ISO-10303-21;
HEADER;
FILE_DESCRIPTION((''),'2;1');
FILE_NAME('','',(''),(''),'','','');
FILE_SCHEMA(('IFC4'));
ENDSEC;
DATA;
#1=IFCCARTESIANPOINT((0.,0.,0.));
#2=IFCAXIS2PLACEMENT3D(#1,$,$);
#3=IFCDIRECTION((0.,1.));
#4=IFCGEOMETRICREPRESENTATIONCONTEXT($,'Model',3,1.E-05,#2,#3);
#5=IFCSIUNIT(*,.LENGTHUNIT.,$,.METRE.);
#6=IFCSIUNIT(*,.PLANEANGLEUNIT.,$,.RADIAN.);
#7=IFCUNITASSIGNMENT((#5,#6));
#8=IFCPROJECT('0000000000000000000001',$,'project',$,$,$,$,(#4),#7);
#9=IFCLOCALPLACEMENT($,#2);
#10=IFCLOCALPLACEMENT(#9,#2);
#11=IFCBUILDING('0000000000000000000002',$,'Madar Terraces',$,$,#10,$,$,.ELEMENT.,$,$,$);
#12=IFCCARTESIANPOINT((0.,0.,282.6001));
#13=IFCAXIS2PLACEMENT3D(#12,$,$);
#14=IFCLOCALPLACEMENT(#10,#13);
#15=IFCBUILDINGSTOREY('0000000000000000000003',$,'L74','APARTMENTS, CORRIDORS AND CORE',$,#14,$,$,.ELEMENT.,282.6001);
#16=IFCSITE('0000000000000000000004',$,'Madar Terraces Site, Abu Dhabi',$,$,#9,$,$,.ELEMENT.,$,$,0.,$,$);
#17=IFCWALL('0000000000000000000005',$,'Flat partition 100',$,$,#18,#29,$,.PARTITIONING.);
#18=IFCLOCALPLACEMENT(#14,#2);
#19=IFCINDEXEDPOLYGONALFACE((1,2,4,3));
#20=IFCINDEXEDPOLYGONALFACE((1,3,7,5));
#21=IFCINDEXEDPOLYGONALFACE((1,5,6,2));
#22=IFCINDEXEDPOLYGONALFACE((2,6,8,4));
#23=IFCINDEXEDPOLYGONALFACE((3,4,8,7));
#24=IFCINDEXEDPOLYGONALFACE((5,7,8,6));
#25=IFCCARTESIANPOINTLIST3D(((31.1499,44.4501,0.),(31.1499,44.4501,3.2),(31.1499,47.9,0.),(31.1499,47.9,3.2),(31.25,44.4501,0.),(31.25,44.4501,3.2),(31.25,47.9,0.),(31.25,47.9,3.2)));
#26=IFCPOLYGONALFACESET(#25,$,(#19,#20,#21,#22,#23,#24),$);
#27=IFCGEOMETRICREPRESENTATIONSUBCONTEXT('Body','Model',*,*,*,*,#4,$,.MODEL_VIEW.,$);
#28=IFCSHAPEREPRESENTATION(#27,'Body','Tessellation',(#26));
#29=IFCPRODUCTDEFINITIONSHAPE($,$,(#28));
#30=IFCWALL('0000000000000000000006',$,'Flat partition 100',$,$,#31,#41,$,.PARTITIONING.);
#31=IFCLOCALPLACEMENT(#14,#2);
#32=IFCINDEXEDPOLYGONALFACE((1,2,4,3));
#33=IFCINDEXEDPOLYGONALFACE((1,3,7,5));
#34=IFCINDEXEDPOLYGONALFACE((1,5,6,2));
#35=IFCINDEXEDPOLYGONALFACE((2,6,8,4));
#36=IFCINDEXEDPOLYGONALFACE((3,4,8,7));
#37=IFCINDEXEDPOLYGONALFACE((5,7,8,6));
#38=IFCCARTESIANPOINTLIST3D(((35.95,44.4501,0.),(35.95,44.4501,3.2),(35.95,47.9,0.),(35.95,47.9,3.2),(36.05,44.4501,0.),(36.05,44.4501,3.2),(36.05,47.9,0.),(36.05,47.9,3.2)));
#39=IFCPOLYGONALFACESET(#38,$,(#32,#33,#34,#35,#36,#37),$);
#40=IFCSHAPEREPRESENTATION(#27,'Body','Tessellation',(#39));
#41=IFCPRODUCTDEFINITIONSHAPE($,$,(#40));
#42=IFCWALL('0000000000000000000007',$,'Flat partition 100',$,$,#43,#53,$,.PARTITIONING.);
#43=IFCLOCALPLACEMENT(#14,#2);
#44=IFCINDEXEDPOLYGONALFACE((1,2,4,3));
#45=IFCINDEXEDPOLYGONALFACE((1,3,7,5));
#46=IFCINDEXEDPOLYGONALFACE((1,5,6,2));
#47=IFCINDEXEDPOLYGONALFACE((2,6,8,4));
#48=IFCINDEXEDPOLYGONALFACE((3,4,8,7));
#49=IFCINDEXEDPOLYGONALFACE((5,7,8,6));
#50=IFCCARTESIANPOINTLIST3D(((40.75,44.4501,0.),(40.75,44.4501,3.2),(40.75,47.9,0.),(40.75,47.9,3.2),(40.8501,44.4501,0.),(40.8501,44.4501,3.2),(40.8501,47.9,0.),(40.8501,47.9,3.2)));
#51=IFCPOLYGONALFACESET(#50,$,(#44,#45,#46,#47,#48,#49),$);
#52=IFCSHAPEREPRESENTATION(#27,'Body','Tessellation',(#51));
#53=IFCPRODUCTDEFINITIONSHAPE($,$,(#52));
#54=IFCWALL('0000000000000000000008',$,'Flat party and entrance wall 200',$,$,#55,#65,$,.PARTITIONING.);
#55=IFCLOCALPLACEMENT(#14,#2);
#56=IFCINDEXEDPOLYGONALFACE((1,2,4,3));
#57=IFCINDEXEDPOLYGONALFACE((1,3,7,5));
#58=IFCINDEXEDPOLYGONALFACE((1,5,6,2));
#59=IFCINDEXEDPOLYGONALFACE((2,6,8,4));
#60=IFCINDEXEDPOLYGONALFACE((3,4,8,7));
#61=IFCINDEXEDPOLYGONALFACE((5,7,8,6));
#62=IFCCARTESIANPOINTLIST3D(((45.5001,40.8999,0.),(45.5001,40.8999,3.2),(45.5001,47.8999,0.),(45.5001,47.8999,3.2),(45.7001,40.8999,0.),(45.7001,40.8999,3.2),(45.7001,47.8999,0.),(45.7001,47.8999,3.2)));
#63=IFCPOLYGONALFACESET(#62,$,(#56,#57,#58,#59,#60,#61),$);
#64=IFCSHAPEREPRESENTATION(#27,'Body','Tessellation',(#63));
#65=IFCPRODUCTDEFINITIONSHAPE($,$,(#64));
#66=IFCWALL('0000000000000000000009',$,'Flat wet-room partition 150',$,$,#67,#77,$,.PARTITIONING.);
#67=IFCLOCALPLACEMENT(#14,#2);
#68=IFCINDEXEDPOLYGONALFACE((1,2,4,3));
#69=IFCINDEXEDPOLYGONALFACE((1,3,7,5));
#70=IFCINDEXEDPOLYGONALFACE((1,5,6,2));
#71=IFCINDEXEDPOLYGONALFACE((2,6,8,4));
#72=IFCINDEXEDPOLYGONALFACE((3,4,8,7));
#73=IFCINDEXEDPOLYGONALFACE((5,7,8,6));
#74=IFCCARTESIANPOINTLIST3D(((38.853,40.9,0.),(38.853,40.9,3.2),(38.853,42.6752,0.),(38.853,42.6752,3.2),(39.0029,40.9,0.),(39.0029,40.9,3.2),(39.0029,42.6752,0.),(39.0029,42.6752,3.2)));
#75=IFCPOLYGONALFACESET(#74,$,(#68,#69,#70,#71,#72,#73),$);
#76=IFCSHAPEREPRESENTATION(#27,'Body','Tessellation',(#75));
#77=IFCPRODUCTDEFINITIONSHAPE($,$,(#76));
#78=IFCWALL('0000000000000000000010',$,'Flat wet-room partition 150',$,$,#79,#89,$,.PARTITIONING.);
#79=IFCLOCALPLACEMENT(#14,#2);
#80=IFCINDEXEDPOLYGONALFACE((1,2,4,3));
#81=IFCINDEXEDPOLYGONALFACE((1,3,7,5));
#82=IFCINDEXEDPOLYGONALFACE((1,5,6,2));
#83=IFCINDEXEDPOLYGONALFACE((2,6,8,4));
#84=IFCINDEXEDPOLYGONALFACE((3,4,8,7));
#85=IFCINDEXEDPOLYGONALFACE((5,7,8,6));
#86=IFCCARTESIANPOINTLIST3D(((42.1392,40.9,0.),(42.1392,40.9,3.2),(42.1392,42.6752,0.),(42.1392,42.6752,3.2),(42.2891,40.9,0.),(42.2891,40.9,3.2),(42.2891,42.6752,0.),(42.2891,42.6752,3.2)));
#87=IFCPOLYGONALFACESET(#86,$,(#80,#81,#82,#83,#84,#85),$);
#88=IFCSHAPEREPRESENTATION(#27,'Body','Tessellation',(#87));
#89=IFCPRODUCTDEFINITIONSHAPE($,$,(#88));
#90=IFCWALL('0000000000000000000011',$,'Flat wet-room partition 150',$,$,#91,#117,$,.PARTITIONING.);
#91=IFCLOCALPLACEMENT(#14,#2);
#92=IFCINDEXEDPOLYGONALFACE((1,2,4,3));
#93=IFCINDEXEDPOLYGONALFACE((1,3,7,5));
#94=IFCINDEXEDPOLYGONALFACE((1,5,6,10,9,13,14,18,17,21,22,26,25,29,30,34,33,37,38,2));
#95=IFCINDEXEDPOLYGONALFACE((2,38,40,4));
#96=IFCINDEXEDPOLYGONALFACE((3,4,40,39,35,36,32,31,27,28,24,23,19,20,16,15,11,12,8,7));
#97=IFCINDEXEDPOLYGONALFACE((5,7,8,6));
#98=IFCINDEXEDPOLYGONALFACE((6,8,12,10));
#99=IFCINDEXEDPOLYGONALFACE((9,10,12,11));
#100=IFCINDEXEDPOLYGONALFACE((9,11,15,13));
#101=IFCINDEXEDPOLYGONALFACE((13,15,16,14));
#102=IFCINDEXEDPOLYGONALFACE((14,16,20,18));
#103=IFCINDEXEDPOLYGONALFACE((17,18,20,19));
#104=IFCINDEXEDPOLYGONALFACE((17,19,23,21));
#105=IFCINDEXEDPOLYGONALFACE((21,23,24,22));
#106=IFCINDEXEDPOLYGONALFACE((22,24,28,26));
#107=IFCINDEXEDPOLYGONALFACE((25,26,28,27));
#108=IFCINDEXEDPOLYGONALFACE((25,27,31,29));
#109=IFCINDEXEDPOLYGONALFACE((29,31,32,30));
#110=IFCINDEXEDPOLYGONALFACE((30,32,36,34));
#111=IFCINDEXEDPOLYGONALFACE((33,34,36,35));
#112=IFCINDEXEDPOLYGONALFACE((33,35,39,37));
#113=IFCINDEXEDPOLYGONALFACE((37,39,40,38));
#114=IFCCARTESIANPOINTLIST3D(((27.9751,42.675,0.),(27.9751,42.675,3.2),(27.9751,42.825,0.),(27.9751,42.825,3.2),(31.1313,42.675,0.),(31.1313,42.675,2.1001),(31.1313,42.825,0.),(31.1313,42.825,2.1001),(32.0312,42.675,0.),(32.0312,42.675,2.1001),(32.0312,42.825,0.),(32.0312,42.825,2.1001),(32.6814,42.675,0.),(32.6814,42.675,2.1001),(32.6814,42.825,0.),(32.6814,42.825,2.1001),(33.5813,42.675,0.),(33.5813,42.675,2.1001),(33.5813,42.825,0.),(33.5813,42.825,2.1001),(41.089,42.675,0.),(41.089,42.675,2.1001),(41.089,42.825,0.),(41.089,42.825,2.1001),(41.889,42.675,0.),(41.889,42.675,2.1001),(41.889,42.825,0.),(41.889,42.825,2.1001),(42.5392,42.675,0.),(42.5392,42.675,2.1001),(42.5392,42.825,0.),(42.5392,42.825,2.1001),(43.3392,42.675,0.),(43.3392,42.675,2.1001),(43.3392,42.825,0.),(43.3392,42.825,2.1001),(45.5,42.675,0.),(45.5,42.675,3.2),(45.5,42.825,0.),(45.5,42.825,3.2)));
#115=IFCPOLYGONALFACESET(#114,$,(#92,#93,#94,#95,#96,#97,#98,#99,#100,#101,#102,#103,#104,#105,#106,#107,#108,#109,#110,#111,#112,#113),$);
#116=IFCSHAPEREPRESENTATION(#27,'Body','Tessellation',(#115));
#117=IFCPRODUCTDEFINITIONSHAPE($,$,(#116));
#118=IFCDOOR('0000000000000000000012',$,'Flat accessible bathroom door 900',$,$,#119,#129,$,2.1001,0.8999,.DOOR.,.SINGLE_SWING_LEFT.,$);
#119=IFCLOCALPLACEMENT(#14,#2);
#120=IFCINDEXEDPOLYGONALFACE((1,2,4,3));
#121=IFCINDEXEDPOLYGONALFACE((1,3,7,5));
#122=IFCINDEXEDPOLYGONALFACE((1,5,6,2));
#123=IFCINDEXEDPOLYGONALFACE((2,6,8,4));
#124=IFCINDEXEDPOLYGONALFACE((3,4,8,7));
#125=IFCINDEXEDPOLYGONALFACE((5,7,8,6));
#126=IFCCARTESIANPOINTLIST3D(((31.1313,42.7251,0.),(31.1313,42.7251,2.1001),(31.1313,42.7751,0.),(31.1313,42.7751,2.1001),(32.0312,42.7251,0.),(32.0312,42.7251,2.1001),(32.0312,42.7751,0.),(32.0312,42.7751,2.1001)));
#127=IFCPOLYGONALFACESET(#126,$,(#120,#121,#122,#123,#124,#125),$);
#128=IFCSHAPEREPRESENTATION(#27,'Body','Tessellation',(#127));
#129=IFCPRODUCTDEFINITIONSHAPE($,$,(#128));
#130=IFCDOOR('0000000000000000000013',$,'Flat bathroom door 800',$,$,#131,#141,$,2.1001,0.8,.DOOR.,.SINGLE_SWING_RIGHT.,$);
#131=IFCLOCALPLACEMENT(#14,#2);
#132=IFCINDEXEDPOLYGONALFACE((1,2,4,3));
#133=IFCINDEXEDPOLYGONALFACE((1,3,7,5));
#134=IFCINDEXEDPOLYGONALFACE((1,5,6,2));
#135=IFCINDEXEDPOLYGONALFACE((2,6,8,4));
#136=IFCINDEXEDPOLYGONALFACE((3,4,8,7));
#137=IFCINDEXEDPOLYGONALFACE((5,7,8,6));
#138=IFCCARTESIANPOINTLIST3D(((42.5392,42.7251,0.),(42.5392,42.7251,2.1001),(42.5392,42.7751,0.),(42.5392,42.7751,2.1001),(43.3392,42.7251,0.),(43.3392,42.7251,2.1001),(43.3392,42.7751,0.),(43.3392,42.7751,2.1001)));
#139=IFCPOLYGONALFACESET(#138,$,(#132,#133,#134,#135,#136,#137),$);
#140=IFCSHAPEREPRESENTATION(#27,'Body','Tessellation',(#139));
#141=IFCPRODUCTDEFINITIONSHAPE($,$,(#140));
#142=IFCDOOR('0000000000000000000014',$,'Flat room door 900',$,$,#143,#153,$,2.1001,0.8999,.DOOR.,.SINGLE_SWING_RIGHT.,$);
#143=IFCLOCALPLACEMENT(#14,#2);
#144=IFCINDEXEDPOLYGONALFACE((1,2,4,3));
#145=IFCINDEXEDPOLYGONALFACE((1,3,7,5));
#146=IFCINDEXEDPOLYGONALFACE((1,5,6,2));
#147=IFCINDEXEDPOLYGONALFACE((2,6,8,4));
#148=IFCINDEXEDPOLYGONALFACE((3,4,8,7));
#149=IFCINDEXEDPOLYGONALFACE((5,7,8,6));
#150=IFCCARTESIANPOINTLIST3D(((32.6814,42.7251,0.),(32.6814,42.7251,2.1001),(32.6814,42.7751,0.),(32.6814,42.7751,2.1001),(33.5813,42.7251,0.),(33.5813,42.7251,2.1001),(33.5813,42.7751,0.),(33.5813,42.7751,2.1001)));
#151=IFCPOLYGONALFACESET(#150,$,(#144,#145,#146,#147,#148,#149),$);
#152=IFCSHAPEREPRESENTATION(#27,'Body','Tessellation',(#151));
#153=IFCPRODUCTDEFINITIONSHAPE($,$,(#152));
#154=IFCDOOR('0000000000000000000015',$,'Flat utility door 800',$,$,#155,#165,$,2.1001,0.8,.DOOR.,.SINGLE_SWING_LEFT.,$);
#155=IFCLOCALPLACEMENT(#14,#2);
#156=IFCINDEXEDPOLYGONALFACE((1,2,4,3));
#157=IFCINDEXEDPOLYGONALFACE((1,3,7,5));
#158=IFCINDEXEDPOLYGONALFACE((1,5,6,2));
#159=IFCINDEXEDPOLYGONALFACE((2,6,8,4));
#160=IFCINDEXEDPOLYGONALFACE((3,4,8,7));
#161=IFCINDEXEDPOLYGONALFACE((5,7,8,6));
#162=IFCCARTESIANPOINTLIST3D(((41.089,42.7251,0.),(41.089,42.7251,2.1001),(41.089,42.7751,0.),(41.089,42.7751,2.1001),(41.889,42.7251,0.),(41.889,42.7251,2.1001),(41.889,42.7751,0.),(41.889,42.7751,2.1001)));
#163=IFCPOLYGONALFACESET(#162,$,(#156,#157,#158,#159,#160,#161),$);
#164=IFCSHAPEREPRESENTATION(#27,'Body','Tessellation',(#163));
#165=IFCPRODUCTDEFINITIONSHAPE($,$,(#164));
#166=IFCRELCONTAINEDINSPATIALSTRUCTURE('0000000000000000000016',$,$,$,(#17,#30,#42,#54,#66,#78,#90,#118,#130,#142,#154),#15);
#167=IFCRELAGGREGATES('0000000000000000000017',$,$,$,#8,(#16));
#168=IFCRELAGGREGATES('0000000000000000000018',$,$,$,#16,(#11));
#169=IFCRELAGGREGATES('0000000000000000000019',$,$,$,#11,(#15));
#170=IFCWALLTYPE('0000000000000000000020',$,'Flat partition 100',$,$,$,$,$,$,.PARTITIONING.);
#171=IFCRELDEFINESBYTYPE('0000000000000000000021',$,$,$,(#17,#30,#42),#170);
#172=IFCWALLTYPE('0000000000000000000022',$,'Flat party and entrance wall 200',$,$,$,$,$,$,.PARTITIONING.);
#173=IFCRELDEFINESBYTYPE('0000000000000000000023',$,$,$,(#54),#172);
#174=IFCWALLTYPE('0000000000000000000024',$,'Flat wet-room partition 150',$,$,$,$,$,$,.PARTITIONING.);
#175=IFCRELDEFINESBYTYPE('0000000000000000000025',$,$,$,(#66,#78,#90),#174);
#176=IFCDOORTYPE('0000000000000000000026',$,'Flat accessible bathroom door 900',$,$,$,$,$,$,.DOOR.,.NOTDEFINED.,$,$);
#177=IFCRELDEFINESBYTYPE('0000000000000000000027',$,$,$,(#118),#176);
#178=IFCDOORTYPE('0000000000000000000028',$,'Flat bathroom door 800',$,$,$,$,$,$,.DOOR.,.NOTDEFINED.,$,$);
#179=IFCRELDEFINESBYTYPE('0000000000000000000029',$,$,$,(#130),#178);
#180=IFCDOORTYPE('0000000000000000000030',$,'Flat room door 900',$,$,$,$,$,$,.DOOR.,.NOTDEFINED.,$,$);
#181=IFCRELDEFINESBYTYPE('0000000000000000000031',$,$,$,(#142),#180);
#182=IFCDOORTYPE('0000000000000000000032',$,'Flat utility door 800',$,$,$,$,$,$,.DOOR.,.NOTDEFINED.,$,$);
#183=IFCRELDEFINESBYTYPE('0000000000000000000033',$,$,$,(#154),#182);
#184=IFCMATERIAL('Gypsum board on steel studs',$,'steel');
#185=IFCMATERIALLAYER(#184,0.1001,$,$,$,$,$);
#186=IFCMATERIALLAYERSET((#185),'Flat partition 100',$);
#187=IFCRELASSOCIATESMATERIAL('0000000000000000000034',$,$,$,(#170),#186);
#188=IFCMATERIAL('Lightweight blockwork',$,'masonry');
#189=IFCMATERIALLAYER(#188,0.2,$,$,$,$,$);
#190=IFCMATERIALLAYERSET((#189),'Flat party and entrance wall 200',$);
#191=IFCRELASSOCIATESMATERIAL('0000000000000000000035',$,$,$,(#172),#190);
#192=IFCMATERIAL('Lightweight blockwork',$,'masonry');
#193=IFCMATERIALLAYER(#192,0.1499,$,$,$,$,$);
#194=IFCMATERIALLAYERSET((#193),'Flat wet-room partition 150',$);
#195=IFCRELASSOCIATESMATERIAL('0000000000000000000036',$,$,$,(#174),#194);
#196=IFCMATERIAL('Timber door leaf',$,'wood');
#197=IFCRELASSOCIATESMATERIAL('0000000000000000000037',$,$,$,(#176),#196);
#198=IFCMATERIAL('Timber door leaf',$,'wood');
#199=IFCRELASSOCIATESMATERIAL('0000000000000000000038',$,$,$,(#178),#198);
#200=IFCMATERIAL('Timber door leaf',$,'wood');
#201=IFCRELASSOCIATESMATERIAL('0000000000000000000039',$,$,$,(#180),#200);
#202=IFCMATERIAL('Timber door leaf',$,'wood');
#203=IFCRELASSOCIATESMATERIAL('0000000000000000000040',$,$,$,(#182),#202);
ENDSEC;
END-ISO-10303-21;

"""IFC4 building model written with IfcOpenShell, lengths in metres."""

from ifc_helpers import new_model, si_unit, direction, frame, frame_2d, origin, place, context, subcontext, project, spatial, rectangle, extrude, material, layer, layer_set, type_object, element, fill, save


model = new_model("IFC4")

# Units and contexts
model_context = context("Model", 3, precision=1e-05, world=origin(), true_north=direction((0.0, 1.0)))
body_context = subcontext(model_context, "Body", "Model", "MODEL_VIEW")
ifc_project = project(units=[si_unit("LENGTHUNIT", "METRE"), si_unit("PLANEANGLEUNIT", "RADIAN")], contexts=[model_context])

# Site, building, storey
site_placement = place(None, origin())
site = spatial("IfcSite", under=ifc_project, at=site_placement, Name="Madar Terraces Site, Abu Dhabi", CompositionType="ELEMENT", RefElevation=0.0)
building_placement = place(site_placement, origin())
building = spatial("IfcBuilding", under=site, at=building_placement, Name="Madar Terraces", CompositionType="ELEMENT")
storey_placement = place(building_placement, frame((0.0, 0.0, 282.6001)))
storey = spatial("IfcBuildingStorey", under=building, at=storey_placement, Name="L74", Description="APARTMENTS, CORRIDORS AND CORE", CompositionType="ELEMENT", Elevation=282.6001)

# Walls
ifc_material_1 = material(Name="Gypsum board on steel studs", Category="steel")
ifc_layer_1 = layer(ifc_material_1, 0.1001)
ifc_layer_set_1 = layer_set([ifc_layer_1], Name="Flat partition 100")
wall_type_1 = type_object("IfcWallType", Name="Flat partition 100", PredefinedType="PARTITIONING", material=ifc_layer_set_1)
for number, where, z_axis, x_axis, name in (
    (1, (31.2, 44.45, 0.0), (0.0, 0.0, 1.0), (0.0, 1.0, 0.0), "Flat partition 100"),
    (2, (36.0, 44.45, 0.0), (0.0, 0.0, 1.0), (0.0, 1.0, 0.0), "Flat partition 100"),
    (3, (40.8, 44.45, 0.0), (0.0, 0.0, 1.0), (0.0, 1.0, 0.0), "Flat partition 100"),
):
    element("IfcWall", number, at=place(storey_placement, frame(where, z_axis=z_axis, x_axis=x_axis)), inside=storey, type_object=wall_type_1, Name=name, PredefinedType="PARTITIONING", context=body_context, shape_type="SweptSolid", body=[
        extrude(rectangle(XDim=3.45, YDim=0.1001, at=frame_2d((1.7251, 0.0))), origin(), (0.0, 0.0, 1.0), 3.2),
    ])
ifc_material_2 = material(Name="Lightweight blockwork", Category="masonry")
ifc_layer_2 = layer(ifc_material_2, 0.2)
ifc_layer_set_2 = layer_set([ifc_layer_2], Name="Flat party and entrance wall 200")
wall_type_2 = type_object("IfcWallType", Name="Flat party and entrance wall 200", PredefinedType="PARTITIONING", material=ifc_layer_set_2)
wall_1_placement = place(storey_placement, frame((45.6001, 47.8999, 0.0), z_axis=(0.0, 0.0, 1.0), x_axis=(0.0, -1.0, 0.0)))
element("IfcWall", 4, at=wall_1_placement, inside=storey, type_object=wall_type_2, Name="Flat party and entrance wall 200", PredefinedType="PARTITIONING", context=body_context, shape_type="SweptSolid", body=[
    extrude(rectangle(XDim=7.0, YDim=0.2, at=frame_2d((3.5, 0.0))), origin(), (0.0, 0.0, 1.0), 3.2),
])
ifc_material_3 = material(Name="Lightweight blockwork", Category="masonry")
ifc_layer_3 = layer(ifc_material_3, 0.1499)
ifc_layer_set_3 = layer_set([ifc_layer_3], Name="Flat wet-room partition 150")
wall_type_3 = type_object("IfcWallType", Name="Flat wet-room partition 150", PredefinedType="PARTITIONING", material=ifc_layer_set_3)
for number, where, z_axis, x_axis, name in (
    (5, (38.928, 40.8999, 0.0), (0.0, 0.0, 1.0), (0.0, 1.0, 0.0), "Flat wet-room partition 150"),
    (6, (42.2141, 40.8999, 0.0), (0.0, 0.0, 1.0), (0.0, 1.0, 0.0), "Flat wet-room partition 150"),
):
    element("IfcWall", number, at=place(storey_placement, frame(where, z_axis=z_axis, x_axis=x_axis)), inside=storey, type_object=wall_type_3, Name=name, PredefinedType="PARTITIONING", context=body_context, shape_type="SweptSolid", body=[
        extrude(rectangle(XDim=1.7751, YDim=0.1499, at=frame_2d((0.8877, 0.0))), origin(), (0.0, 0.0, 1.0), 3.2),
    ])

# Wall, openings, doors
wall_2_placement = place(storey_placement, frame((45.5, 42.75, 0.0), z_axis=(0.0, 0.0, 1.0), x_axis=(-1.0, 0.0, 0.0)))
wall_2 = element("IfcWall", 7, at=wall_2_placement, inside=storey, type_object=wall_type_3, Name="Flat wet-room partition 150", PredefinedType="PARTITIONING", context=body_context, shape_type="SweptSolid", body=[
    extrude(rectangle(XDim=17.5249, YDim=0.1499, at=frame_2d((8.7625, 0.0))), origin(), (0.0, 0.0, 1.0), 3.2),
])
opening_1_placement = place(wall_2_placement, frame((13.4688, 0.0, 0.0)))
opening_1 = element("IfcOpeningElement", 8, at=opening_1_placement, cuts=wall_2, PredefinedType="OPENING", context=body_context, shape_type="SweptSolid", body=[
    extrude(rectangle(XDim=0.8999, YDim=2.1001, at=frame_2d((0.45, 1.05))), frame((0.0, 0.085, 0.0), z_axis=(0.0, -1.0, 0.0), x_axis=(1.0, 0.0, 0.0)), (0.0, 0.0, 1.0), 0.1699),
])
opening_2_placement = place(wall_2_placement, frame((11.9187, 0.0, 0.0)))
opening_2 = element("IfcOpeningElement", 9, at=opening_2_placement, cuts=wall_2, PredefinedType="OPENING", context=body_context, shape_type="SweptSolid", body=[
    extrude(rectangle(XDim=0.8999, YDim=2.1001, at=frame_2d((0.45, 1.05))), frame((0.0, 0.085, 0.0), z_axis=(0.0, -1.0, 0.0), x_axis=(1.0, 0.0, 0.0)), (0.0, 0.0, 1.0), 0.1699),
])
opening_3_placement = place(wall_2_placement, frame((3.6111, 0.0, 0.0)))
opening_3 = element("IfcOpeningElement", 10, at=opening_3_placement, cuts=wall_2, PredefinedType="OPENING", context=body_context, shape_type="SweptSolid", body=[
    extrude(rectangle(XDim=0.8, YDim=2.1001, at=frame_2d((0.3999, 1.05))), frame((0.0, 0.085, 0.0), z_axis=(0.0, -1.0, 0.0), x_axis=(1.0, 0.0, 0.0)), (0.0, 0.0, 1.0), 0.1699),
])
opening_4_placement = place(wall_2_placement, frame((2.1609, 0.0, 0.0)))
opening_4 = element("IfcOpeningElement", 11, at=opening_4_placement, cuts=wall_2, PredefinedType="OPENING", context=body_context, shape_type="SweptSolid", body=[
    extrude(rectangle(XDim=0.8, YDim=2.1001, at=frame_2d((0.3999, 1.05))), frame((0.0, 0.085, 0.0), z_axis=(0.0, -1.0, 0.0), x_axis=(1.0, 0.0, 0.0)), (0.0, 0.0, 1.0), 0.1699),
])
ifc_material_4 = material(Name="Timber door leaf", Category="wood")
door_type_1 = type_object("IfcDoorType", Name="Flat accessible bathroom door 900", OperationType="NOTDEFINED", PredefinedType="DOOR", material=ifc_material_4)
door_1_placement = place(opening_1_placement, origin())
door_1 = element("IfcDoor", 12, at=door_1_placement, inside=storey, type_object=door_type_1, Name="Flat accessible bathroom door 900", OperationType="SINGLE_SWING_LEFT", OverallHeight=2.1001, OverallWidth=0.8999, PredefinedType="DOOR", context=body_context, shape_type="SweptSolid", body=[
    extrude(rectangle(XDim=0.8999, YDim=2.1001, at=frame_2d((0.45, 1.05))), frame((0.0, 0.0249, 0.0), z_axis=(0.0, -1.0, 0.0), x_axis=(1.0, 0.0, 0.0)), (0.0, 0.0, 1.0), 0.05),
])
fill(opening_1, door_1)
ifc_material_5 = material(Name="Timber door leaf", Category="wood")
door_type_2 = type_object("IfcDoorType", Name="Flat bathroom door 800", OperationType="NOTDEFINED", PredefinedType="DOOR", material=ifc_material_5)
door_2_placement = place(opening_4_placement, origin())
door_2 = element("IfcDoor", 13, at=door_2_placement, inside=storey, type_object=door_type_2, Name="Flat bathroom door 800", OperationType="SINGLE_SWING_RIGHT", OverallHeight=2.1001, OverallWidth=0.8, PredefinedType="DOOR", context=body_context, shape_type="SweptSolid", body=[
    extrude(rectangle(XDim=0.8, YDim=2.1001, at=frame_2d((0.3999, 1.05))), frame((0.0, 0.0249, 0.0), z_axis=(0.0, -1.0, 0.0), x_axis=(1.0, 0.0, 0.0)), (0.0, 0.0, 1.0), 0.05),
])
fill(opening_4, door_2)
ifc_material_6 = material(Name="Timber door leaf", Category="wood")
door_type_3 = type_object("IfcDoorType", Name="Flat room door 900", OperationType="NOTDEFINED", PredefinedType="DOOR", material=ifc_material_6)
door_3_placement = place(opening_2_placement, origin())
door_3 = element("IfcDoor", 14, at=door_3_placement, inside=storey, type_object=door_type_3, Name="Flat room door 900", OperationType="SINGLE_SWING_RIGHT", OverallHeight=2.1001, OverallWidth=0.8999, PredefinedType="DOOR", context=body_context, shape_type="SweptSolid", body=[
    extrude(rectangle(XDim=0.8999, YDim=2.1001, at=frame_2d((0.45, 1.05))), frame((0.0, 0.0249, 0.0), z_axis=(0.0, -1.0, 0.0), x_axis=(1.0, 0.0, 0.0)), (0.0, 0.0, 1.0), 0.05),
])
fill(opening_2, door_3)
ifc_material_7 = material(Name="Timber door leaf", Category="wood")
door_type_4 = type_object("IfcDoorType", Name="Flat utility door 800", OperationType="NOTDEFINED", PredefinedType="DOOR", material=ifc_material_7)
door_4_placement = place(opening_3_placement, origin())
door_4 = element("IfcDoor", 15, at=door_4_placement, inside=storey, type_object=door_type_4, Name="Flat utility door 800", OperationType="SINGLE_SWING_LEFT", OverallHeight=2.1001, OverallWidth=0.8, PredefinedType="DOOR", context=body_context, shape_type="SweptSolid", body=[
    extrude(rectangle(XDim=0.8, YDim=2.1001, at=frame_2d((0.3999, 1.05))), frame((0.0, 0.0249, 0.0), z_axis=(0.0, -1.0, 0.0), x_axis=(1.0, 0.0, 0.0)), (0.0, 0.0, 1.0), 0.05),
])
fill(opening_3, door_4)

save(model, "model.ifc")
